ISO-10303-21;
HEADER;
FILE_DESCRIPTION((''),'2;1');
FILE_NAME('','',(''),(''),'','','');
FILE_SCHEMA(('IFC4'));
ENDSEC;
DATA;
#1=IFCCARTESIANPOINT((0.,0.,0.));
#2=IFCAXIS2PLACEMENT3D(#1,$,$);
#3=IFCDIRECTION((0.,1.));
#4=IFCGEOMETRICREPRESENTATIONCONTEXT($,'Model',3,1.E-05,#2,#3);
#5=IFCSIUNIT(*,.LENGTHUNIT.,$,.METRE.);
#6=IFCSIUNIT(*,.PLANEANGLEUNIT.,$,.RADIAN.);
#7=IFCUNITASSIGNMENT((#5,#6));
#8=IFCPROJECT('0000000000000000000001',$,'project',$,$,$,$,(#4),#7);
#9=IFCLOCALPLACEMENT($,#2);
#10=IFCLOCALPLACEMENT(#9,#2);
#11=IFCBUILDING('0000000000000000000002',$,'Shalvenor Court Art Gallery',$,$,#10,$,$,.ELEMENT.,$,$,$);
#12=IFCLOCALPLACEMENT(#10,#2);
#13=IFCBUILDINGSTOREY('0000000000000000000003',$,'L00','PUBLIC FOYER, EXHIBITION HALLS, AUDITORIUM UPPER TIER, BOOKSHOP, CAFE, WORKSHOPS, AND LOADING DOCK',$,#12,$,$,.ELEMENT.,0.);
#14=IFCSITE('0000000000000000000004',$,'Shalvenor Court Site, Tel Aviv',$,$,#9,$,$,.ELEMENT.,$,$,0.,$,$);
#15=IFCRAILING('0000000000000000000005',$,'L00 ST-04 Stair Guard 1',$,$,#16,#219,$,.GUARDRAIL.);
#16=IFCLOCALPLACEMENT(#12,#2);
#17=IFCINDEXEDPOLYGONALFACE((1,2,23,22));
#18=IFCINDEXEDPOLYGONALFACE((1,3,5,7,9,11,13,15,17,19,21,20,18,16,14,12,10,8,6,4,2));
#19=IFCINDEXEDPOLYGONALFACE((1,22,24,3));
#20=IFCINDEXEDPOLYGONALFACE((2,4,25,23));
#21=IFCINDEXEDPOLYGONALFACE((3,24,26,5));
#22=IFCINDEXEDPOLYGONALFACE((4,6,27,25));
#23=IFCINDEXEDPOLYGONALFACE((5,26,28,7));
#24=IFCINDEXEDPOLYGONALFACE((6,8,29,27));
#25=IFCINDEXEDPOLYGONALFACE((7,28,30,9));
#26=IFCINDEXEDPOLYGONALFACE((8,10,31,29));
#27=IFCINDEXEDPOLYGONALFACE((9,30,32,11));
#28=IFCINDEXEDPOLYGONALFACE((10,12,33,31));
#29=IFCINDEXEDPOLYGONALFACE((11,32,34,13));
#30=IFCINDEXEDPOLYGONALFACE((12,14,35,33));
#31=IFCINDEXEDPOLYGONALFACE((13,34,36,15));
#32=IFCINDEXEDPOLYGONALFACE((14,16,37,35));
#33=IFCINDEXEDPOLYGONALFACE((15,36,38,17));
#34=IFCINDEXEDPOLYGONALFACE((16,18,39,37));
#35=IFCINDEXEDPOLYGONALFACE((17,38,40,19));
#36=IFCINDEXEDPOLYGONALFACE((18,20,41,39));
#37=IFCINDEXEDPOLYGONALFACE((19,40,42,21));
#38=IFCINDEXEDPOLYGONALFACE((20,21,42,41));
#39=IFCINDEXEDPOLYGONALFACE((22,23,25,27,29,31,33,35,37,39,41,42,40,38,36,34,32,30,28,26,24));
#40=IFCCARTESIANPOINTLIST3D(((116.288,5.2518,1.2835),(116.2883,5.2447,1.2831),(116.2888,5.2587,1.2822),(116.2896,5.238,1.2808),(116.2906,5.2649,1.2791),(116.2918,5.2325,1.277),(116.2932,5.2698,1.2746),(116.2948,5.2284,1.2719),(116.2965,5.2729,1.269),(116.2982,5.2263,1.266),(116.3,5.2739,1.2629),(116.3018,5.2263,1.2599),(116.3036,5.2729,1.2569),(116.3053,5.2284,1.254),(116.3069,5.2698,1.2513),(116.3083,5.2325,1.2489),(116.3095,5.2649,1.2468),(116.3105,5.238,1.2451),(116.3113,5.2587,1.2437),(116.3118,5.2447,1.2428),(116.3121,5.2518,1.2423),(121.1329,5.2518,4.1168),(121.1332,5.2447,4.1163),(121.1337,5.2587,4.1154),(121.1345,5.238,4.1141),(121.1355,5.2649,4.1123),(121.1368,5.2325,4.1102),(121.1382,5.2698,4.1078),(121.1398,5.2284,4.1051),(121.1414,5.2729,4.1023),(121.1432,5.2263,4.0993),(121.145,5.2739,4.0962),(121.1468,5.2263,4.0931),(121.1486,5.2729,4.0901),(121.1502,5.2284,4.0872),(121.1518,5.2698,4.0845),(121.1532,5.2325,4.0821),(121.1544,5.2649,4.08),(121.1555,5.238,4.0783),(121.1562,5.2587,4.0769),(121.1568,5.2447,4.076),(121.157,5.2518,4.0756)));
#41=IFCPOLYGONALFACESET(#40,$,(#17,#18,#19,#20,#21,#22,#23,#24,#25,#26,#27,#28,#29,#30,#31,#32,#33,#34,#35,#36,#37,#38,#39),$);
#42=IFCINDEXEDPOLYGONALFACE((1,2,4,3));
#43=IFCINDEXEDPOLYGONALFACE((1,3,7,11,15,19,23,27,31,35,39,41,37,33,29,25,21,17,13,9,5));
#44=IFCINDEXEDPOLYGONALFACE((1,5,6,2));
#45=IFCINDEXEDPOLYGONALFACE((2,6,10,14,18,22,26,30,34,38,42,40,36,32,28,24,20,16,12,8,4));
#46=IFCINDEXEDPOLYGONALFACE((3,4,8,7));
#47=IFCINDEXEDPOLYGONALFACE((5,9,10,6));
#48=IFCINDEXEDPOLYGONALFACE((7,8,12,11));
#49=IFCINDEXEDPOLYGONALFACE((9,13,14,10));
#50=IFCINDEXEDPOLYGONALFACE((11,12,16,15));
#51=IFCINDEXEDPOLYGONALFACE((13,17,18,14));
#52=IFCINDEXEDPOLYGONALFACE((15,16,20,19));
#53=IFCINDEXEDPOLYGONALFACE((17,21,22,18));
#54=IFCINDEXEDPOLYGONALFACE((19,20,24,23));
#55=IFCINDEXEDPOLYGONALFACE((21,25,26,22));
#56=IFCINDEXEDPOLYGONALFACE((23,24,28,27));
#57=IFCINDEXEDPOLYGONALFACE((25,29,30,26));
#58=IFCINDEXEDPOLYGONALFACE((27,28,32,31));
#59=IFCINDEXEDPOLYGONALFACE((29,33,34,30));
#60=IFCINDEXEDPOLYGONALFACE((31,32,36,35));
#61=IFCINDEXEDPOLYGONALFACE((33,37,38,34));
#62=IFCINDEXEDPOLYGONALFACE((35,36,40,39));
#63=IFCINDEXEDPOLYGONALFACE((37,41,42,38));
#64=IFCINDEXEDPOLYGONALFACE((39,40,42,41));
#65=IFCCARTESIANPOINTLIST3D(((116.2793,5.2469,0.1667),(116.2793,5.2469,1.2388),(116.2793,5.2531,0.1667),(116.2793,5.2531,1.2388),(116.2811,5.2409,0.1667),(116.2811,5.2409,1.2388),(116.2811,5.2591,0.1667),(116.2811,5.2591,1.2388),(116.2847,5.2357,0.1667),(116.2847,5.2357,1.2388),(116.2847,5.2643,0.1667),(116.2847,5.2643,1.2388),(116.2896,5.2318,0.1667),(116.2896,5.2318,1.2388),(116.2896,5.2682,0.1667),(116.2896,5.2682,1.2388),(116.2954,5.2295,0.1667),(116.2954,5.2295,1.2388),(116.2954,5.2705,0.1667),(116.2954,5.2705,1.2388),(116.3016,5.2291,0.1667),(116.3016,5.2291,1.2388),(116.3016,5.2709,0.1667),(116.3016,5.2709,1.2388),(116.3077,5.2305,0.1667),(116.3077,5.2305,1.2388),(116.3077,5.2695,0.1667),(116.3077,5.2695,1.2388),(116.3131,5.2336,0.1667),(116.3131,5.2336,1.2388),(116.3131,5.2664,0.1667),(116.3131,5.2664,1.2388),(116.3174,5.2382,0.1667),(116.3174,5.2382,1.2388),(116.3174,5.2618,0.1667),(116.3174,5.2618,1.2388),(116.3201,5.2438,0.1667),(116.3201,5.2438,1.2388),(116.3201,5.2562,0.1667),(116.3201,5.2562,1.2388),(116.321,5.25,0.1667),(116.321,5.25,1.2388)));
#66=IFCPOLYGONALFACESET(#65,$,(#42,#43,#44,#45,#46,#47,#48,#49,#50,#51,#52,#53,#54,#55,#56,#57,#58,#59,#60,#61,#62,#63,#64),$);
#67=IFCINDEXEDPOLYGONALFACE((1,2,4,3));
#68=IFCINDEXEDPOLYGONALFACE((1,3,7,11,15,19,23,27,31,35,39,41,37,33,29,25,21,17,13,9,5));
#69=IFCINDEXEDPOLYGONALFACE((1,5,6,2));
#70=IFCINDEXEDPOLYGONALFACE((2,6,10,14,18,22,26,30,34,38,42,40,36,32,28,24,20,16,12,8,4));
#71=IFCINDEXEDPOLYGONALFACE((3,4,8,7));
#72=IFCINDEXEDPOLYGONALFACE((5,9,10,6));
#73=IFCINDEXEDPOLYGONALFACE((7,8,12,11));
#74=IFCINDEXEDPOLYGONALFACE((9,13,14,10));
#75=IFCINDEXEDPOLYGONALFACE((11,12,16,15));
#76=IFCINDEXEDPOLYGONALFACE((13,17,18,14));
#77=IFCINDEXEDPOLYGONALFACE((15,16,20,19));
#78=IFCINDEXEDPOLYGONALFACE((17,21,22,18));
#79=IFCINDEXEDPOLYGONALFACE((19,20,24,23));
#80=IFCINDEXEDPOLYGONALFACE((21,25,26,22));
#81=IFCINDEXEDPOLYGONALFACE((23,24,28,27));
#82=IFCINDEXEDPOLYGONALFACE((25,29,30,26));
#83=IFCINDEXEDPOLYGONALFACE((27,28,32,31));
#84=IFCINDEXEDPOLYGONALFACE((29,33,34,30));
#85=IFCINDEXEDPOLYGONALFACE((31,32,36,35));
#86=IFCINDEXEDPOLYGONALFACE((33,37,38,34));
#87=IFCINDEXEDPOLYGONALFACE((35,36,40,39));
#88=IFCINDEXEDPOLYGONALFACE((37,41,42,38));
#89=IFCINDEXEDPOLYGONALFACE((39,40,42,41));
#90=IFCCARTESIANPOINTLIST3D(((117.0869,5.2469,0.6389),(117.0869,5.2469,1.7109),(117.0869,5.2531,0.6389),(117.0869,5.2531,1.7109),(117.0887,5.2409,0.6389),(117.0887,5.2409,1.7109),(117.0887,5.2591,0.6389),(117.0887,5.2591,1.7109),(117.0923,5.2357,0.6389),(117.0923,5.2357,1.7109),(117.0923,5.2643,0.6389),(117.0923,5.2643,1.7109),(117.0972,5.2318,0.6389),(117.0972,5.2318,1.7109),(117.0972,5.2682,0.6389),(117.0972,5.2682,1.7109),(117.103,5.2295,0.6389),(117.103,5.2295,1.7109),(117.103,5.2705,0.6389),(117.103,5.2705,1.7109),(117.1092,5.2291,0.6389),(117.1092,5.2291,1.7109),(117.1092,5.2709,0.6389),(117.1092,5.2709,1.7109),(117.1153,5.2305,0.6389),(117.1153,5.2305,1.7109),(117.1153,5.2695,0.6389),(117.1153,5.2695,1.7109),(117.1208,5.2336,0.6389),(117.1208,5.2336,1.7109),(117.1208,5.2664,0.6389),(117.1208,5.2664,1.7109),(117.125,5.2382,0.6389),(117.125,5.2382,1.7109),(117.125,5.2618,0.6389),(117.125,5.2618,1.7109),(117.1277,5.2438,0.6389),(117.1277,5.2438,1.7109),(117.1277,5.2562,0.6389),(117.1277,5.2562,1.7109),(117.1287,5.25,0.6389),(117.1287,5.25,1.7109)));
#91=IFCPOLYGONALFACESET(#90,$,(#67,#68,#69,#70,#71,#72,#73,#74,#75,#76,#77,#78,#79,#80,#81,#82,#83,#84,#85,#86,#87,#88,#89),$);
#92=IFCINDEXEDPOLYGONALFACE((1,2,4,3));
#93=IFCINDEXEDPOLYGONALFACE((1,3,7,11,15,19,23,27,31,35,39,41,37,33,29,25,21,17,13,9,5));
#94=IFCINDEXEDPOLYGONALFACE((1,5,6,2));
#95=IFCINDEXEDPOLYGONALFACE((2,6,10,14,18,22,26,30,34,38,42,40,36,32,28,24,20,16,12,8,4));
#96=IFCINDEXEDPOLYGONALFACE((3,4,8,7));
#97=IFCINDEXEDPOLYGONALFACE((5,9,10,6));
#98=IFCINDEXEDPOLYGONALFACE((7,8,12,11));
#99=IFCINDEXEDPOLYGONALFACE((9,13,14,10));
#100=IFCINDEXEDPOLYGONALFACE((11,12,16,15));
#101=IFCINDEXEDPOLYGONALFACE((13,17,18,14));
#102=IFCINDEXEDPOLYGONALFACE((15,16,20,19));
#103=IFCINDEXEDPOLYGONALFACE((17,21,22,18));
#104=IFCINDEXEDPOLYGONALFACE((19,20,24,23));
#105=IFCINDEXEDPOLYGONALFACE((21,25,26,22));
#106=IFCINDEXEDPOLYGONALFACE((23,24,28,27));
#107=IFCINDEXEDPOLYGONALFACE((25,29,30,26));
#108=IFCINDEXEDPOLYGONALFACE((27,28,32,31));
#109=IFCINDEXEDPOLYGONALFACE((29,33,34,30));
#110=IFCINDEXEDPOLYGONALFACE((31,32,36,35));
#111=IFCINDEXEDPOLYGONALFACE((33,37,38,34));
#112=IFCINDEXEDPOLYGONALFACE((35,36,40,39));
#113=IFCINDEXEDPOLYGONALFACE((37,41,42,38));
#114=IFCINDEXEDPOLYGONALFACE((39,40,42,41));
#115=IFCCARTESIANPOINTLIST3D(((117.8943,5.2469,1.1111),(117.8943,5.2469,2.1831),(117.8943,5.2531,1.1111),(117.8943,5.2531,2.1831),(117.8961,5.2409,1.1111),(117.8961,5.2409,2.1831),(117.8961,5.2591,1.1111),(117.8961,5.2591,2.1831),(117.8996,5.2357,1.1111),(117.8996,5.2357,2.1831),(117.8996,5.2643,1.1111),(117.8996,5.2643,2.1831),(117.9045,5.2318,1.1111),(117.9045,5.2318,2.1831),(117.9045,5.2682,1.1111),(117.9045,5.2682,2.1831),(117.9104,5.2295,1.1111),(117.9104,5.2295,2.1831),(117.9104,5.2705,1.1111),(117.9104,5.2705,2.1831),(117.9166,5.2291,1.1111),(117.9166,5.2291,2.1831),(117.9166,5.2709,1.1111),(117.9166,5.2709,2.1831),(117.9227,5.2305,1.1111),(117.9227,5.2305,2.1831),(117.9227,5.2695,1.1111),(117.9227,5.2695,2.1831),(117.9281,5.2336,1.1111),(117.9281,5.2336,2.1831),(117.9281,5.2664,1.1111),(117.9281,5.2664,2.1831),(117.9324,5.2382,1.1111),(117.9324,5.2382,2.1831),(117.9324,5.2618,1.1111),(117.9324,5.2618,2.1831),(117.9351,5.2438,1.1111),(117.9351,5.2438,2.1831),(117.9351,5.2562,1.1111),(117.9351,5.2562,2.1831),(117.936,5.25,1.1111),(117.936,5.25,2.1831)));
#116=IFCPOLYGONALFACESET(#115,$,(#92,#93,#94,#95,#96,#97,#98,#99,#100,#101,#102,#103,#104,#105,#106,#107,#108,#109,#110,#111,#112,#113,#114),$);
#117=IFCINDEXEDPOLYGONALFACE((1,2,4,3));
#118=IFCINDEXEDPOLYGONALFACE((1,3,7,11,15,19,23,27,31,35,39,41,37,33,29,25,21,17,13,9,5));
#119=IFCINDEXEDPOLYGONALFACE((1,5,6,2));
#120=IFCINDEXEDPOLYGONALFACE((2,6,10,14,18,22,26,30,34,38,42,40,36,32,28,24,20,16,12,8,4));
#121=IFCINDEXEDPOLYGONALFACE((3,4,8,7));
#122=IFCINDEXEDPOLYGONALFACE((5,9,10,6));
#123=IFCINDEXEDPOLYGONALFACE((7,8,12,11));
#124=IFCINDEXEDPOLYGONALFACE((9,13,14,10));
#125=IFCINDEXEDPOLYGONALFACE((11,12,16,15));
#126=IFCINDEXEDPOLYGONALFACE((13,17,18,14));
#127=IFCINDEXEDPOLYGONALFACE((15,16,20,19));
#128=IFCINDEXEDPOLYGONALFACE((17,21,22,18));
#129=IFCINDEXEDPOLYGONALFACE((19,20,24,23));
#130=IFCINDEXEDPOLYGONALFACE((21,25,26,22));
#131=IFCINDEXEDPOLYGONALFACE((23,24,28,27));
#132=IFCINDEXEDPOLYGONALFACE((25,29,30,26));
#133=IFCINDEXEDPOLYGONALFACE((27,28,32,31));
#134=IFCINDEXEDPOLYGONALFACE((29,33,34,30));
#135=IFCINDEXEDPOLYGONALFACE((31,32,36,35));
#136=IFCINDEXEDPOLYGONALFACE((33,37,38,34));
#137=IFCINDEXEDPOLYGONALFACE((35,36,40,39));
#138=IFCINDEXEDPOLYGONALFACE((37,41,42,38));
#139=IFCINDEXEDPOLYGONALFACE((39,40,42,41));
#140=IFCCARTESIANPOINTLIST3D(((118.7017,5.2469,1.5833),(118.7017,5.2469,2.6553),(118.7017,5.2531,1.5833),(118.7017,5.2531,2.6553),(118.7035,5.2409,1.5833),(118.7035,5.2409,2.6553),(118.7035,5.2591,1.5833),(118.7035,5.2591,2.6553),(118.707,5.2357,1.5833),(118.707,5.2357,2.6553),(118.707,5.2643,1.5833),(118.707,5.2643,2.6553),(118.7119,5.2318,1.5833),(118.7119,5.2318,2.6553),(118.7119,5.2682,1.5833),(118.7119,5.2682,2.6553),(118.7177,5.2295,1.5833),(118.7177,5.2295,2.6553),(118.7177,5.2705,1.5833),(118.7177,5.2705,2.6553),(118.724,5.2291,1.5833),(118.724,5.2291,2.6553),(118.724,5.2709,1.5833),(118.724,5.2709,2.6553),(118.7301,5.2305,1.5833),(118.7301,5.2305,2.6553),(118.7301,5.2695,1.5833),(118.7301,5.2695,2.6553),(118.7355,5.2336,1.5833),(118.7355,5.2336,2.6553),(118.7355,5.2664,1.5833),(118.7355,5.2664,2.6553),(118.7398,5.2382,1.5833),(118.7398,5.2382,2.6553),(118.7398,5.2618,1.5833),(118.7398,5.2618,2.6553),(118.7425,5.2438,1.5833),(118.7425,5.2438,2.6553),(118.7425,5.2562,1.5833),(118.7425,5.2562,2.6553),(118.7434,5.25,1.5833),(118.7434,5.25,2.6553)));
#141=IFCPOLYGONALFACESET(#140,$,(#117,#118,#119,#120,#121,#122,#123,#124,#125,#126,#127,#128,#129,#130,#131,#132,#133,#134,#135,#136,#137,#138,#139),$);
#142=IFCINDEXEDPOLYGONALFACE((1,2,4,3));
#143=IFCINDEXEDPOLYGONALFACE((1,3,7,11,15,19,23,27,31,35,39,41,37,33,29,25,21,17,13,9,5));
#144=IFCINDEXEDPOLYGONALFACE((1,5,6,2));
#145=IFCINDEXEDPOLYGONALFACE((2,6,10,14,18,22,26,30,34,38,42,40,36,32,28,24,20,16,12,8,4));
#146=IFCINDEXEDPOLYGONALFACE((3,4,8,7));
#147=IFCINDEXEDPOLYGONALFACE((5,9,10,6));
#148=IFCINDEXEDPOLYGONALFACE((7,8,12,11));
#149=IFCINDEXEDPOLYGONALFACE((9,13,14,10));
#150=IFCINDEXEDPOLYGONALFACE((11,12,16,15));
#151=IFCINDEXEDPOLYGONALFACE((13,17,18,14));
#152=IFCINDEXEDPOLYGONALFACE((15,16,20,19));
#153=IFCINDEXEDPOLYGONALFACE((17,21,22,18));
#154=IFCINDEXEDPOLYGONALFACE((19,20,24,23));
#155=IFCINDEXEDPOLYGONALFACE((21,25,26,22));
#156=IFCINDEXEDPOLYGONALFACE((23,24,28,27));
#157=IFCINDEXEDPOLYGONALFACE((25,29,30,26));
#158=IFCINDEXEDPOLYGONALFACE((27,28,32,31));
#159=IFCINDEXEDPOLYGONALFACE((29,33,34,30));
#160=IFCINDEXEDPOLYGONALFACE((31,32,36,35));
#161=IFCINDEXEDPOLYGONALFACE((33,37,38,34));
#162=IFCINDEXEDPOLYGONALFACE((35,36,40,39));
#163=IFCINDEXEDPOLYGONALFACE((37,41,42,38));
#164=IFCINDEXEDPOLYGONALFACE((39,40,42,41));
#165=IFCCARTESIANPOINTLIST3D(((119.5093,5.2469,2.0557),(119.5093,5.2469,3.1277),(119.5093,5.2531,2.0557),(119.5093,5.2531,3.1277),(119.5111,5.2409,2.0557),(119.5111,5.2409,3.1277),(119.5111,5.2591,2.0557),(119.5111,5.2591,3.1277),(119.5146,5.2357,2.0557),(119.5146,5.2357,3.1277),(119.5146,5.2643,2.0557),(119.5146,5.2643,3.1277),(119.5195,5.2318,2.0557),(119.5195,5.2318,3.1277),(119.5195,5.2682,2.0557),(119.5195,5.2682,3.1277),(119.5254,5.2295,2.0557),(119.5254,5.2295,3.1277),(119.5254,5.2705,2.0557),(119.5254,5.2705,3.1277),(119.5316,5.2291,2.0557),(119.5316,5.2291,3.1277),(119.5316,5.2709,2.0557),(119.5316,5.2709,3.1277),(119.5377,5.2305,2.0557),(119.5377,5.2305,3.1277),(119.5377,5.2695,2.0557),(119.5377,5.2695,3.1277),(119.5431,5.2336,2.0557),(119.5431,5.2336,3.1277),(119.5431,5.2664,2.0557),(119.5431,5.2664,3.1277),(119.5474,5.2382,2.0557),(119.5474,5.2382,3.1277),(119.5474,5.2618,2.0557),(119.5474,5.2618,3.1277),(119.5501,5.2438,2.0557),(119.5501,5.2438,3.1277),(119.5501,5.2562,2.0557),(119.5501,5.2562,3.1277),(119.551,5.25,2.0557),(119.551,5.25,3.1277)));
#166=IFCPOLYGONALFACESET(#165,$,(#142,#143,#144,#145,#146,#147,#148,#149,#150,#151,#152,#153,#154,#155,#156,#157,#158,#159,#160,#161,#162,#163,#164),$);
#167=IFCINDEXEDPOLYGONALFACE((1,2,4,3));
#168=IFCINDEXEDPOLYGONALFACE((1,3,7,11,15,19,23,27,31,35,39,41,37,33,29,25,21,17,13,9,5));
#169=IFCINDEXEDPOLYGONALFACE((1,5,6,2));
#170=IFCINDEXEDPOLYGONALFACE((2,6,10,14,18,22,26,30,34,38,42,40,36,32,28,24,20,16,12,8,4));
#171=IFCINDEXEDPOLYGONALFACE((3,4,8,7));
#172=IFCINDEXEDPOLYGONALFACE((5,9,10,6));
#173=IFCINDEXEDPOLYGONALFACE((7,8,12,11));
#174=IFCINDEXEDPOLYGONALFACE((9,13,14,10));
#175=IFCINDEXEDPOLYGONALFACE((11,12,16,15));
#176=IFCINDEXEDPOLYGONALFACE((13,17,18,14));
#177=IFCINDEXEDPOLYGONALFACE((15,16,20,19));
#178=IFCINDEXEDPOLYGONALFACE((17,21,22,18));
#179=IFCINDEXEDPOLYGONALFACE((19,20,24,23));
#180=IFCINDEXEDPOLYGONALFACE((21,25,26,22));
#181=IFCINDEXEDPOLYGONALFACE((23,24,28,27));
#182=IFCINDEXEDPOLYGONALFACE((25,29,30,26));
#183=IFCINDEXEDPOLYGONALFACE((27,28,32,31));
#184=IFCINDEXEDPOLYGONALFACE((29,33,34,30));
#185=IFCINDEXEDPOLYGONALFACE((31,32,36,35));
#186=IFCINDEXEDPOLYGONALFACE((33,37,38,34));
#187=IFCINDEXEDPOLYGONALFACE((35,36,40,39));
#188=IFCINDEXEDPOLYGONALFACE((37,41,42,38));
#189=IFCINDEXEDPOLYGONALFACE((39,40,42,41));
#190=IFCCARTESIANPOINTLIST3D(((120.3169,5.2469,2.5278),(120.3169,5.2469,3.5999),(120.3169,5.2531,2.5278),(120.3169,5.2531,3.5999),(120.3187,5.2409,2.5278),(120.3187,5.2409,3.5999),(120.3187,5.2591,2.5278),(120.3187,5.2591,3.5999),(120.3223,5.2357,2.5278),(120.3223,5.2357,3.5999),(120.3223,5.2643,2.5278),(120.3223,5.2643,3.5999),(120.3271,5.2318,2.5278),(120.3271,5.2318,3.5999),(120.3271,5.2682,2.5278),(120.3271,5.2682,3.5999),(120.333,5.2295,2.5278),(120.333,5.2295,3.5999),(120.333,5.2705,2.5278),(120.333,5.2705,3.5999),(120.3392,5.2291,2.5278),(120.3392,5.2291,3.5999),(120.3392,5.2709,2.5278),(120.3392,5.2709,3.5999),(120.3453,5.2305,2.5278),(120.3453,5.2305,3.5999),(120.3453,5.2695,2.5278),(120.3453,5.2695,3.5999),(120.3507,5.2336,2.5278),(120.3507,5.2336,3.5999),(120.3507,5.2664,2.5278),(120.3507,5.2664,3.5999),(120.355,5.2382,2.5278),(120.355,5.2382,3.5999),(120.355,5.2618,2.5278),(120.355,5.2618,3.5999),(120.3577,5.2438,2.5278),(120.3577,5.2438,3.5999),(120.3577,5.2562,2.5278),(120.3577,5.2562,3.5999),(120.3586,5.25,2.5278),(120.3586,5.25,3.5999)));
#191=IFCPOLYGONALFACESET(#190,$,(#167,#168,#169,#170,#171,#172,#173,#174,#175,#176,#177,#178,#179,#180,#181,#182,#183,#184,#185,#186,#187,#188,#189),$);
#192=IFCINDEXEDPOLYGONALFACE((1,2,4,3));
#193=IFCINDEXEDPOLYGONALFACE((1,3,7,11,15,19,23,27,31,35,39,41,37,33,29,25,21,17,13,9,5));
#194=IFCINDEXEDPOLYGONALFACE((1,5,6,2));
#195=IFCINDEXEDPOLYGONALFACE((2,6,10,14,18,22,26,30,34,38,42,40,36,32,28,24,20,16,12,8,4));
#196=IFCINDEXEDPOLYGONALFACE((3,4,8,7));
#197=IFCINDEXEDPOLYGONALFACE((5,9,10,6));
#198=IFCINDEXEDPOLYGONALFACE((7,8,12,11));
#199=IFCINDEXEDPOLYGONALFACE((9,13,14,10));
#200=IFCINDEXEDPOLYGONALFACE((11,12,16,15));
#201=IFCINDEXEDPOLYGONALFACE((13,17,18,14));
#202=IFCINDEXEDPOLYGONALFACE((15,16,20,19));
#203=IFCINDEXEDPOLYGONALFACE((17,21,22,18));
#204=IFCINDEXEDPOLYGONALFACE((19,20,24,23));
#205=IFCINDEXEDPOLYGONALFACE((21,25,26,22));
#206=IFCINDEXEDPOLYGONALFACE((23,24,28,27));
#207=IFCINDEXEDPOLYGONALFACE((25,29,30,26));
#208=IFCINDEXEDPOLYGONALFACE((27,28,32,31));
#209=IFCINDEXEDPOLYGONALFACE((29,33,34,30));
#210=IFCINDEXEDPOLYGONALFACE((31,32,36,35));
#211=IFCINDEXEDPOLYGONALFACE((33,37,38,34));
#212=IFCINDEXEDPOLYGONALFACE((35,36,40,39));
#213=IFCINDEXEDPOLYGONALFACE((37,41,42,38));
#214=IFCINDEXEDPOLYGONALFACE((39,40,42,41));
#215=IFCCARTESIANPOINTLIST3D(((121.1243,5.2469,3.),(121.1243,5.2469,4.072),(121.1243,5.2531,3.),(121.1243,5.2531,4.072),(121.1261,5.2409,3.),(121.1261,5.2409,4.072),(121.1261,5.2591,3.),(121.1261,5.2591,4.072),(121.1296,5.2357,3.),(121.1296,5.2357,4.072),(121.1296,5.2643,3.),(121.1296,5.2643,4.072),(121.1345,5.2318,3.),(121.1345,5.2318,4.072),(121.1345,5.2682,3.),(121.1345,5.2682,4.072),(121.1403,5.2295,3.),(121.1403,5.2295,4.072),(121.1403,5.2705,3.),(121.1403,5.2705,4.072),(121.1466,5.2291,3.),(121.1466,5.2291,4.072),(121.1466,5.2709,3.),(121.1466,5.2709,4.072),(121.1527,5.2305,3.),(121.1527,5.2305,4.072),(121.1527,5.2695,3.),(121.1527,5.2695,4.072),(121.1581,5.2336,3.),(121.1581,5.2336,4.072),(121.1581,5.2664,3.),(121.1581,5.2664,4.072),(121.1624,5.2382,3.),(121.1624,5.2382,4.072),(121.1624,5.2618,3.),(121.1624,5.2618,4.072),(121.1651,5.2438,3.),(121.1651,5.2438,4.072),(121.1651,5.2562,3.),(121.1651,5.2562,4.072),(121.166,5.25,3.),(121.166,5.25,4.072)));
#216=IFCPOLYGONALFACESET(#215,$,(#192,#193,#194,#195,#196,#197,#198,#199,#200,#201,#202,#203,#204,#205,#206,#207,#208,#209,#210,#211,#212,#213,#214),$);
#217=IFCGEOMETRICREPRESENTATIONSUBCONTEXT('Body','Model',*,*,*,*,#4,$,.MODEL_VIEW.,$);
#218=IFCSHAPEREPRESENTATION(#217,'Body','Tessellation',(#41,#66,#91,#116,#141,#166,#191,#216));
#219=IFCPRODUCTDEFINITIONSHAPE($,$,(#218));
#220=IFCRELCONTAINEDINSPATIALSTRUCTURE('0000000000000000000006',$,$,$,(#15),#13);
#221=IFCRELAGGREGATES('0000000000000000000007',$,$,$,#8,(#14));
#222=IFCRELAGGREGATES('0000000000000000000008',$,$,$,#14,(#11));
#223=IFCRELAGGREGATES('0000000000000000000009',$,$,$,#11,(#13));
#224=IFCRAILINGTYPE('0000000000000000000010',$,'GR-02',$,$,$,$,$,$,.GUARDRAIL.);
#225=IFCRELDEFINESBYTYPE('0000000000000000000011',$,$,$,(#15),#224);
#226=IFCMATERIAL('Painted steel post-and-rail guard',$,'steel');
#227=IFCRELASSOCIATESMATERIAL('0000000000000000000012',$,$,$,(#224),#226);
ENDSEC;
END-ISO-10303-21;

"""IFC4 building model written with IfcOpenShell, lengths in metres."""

from ifc_helpers import new_model, si_unit, direction, frame, origin, origin_2d, place, context, subcontext, project, spatial, circle, extrude, material, type_object, element, save


model = new_model("IFC4")

# Units and contexts
model_context = context("Model", 3, precision=1e-05, world=origin(), true_north=direction((0.0, 1.0)))
body_context = subcontext(model_context, "Body", "Model", "MODEL_VIEW")
ifc_project = project(units=[si_unit("LENGTHUNIT", "METRE"), si_unit("PLANEANGLEUNIT", "RADIAN")], contexts=[model_context])

# Site, building, storey
site_placement = place(None, origin())
site = spatial("IfcSite", under=ifc_project, at=site_placement, Name="Shalvenor Court Site, Tel Aviv", CompositionType="ELEMENT", RefElevation=0.0)
building_placement = place(site_placement, origin())
building = spatial("IfcBuilding", under=site, at=building_placement, Name="Shalvenor Court Art Gallery", CompositionType="ELEMENT")
storey_placement = place(building_placement, origin())
storey = spatial("IfcBuildingStorey", under=building, at=storey_placement, Name="L00", Description="PUBLIC FOYER, EXHIBITION HALLS, AUDITORIUM UPPER TIER, BOOKSHOP, CAFE, WORKSHOPS, AND LOADING DOCK", CompositionType="ELEMENT", Elevation=0.0)

# Railing
ifc_material_1 = material(Name="Painted steel post-and-rail guard", Category="steel")
railing_type_1 = type_object("IfcRailingType", Name="GR-02", PredefinedType="GUARDRAIL", material=ifc_material_1)
railing_1_placement = place(storey_placement, frame((116.3, 5.25, 0.1667)))
element("IfcRailing", 1, at=railing_1_placement, inside=storey, type_object=railing_type_1, Name="L00 ST-04 Stair Guard 1", PredefinedType="GUARDRAIL", context=body_context, shape_type="SweptSolid", body=[
    extrude(circle(Radius=0.0239, at=origin_2d()), frame((0.0, 0.0, 1.0962), z_axis=(0.863234, 0.0, 0.504804), x_axis=(0.0, 1.0, 0.0)), (0.0, 0.0, 1.0), 5.6125),
    extrude(circle(Radius=0.021, at=origin_2d()), origin(), (0.0, 0.0, 1.0), 1.072),
    extrude(circle(Radius=0.021, at=origin_2d()), frame((0.8076, 0.0, 0.4722)), (0.0, 0.0, 1.0), 1.072),
    extrude(circle(Radius=0.021, at=origin_2d()), frame((1.615, 0.0, 0.9443)), (0.0, 0.0, 1.0), 1.072),
    extrude(circle(Radius=0.021, at=origin_2d()), frame((2.4224, 0.0, 1.4165)), (0.0, 0.0, 1.0), 1.072),
    extrude(circle(Radius=0.021, at=origin_2d()), frame((3.23, 0.0, 1.8889)), (0.0, 0.0, 1.0), 1.072),
    extrude(circle(Radius=0.021, at=origin_2d()), frame((4.0376, 0.0, 2.3611)), (0.0, 0.0, 1.0), 1.072),
    extrude(circle(Radius=0.021, at=origin_2d()), frame((4.845, 0.0, 2.8333)), (0.0, 0.0, 1.0), 1.072),
])

save(model, "model.ifc")
